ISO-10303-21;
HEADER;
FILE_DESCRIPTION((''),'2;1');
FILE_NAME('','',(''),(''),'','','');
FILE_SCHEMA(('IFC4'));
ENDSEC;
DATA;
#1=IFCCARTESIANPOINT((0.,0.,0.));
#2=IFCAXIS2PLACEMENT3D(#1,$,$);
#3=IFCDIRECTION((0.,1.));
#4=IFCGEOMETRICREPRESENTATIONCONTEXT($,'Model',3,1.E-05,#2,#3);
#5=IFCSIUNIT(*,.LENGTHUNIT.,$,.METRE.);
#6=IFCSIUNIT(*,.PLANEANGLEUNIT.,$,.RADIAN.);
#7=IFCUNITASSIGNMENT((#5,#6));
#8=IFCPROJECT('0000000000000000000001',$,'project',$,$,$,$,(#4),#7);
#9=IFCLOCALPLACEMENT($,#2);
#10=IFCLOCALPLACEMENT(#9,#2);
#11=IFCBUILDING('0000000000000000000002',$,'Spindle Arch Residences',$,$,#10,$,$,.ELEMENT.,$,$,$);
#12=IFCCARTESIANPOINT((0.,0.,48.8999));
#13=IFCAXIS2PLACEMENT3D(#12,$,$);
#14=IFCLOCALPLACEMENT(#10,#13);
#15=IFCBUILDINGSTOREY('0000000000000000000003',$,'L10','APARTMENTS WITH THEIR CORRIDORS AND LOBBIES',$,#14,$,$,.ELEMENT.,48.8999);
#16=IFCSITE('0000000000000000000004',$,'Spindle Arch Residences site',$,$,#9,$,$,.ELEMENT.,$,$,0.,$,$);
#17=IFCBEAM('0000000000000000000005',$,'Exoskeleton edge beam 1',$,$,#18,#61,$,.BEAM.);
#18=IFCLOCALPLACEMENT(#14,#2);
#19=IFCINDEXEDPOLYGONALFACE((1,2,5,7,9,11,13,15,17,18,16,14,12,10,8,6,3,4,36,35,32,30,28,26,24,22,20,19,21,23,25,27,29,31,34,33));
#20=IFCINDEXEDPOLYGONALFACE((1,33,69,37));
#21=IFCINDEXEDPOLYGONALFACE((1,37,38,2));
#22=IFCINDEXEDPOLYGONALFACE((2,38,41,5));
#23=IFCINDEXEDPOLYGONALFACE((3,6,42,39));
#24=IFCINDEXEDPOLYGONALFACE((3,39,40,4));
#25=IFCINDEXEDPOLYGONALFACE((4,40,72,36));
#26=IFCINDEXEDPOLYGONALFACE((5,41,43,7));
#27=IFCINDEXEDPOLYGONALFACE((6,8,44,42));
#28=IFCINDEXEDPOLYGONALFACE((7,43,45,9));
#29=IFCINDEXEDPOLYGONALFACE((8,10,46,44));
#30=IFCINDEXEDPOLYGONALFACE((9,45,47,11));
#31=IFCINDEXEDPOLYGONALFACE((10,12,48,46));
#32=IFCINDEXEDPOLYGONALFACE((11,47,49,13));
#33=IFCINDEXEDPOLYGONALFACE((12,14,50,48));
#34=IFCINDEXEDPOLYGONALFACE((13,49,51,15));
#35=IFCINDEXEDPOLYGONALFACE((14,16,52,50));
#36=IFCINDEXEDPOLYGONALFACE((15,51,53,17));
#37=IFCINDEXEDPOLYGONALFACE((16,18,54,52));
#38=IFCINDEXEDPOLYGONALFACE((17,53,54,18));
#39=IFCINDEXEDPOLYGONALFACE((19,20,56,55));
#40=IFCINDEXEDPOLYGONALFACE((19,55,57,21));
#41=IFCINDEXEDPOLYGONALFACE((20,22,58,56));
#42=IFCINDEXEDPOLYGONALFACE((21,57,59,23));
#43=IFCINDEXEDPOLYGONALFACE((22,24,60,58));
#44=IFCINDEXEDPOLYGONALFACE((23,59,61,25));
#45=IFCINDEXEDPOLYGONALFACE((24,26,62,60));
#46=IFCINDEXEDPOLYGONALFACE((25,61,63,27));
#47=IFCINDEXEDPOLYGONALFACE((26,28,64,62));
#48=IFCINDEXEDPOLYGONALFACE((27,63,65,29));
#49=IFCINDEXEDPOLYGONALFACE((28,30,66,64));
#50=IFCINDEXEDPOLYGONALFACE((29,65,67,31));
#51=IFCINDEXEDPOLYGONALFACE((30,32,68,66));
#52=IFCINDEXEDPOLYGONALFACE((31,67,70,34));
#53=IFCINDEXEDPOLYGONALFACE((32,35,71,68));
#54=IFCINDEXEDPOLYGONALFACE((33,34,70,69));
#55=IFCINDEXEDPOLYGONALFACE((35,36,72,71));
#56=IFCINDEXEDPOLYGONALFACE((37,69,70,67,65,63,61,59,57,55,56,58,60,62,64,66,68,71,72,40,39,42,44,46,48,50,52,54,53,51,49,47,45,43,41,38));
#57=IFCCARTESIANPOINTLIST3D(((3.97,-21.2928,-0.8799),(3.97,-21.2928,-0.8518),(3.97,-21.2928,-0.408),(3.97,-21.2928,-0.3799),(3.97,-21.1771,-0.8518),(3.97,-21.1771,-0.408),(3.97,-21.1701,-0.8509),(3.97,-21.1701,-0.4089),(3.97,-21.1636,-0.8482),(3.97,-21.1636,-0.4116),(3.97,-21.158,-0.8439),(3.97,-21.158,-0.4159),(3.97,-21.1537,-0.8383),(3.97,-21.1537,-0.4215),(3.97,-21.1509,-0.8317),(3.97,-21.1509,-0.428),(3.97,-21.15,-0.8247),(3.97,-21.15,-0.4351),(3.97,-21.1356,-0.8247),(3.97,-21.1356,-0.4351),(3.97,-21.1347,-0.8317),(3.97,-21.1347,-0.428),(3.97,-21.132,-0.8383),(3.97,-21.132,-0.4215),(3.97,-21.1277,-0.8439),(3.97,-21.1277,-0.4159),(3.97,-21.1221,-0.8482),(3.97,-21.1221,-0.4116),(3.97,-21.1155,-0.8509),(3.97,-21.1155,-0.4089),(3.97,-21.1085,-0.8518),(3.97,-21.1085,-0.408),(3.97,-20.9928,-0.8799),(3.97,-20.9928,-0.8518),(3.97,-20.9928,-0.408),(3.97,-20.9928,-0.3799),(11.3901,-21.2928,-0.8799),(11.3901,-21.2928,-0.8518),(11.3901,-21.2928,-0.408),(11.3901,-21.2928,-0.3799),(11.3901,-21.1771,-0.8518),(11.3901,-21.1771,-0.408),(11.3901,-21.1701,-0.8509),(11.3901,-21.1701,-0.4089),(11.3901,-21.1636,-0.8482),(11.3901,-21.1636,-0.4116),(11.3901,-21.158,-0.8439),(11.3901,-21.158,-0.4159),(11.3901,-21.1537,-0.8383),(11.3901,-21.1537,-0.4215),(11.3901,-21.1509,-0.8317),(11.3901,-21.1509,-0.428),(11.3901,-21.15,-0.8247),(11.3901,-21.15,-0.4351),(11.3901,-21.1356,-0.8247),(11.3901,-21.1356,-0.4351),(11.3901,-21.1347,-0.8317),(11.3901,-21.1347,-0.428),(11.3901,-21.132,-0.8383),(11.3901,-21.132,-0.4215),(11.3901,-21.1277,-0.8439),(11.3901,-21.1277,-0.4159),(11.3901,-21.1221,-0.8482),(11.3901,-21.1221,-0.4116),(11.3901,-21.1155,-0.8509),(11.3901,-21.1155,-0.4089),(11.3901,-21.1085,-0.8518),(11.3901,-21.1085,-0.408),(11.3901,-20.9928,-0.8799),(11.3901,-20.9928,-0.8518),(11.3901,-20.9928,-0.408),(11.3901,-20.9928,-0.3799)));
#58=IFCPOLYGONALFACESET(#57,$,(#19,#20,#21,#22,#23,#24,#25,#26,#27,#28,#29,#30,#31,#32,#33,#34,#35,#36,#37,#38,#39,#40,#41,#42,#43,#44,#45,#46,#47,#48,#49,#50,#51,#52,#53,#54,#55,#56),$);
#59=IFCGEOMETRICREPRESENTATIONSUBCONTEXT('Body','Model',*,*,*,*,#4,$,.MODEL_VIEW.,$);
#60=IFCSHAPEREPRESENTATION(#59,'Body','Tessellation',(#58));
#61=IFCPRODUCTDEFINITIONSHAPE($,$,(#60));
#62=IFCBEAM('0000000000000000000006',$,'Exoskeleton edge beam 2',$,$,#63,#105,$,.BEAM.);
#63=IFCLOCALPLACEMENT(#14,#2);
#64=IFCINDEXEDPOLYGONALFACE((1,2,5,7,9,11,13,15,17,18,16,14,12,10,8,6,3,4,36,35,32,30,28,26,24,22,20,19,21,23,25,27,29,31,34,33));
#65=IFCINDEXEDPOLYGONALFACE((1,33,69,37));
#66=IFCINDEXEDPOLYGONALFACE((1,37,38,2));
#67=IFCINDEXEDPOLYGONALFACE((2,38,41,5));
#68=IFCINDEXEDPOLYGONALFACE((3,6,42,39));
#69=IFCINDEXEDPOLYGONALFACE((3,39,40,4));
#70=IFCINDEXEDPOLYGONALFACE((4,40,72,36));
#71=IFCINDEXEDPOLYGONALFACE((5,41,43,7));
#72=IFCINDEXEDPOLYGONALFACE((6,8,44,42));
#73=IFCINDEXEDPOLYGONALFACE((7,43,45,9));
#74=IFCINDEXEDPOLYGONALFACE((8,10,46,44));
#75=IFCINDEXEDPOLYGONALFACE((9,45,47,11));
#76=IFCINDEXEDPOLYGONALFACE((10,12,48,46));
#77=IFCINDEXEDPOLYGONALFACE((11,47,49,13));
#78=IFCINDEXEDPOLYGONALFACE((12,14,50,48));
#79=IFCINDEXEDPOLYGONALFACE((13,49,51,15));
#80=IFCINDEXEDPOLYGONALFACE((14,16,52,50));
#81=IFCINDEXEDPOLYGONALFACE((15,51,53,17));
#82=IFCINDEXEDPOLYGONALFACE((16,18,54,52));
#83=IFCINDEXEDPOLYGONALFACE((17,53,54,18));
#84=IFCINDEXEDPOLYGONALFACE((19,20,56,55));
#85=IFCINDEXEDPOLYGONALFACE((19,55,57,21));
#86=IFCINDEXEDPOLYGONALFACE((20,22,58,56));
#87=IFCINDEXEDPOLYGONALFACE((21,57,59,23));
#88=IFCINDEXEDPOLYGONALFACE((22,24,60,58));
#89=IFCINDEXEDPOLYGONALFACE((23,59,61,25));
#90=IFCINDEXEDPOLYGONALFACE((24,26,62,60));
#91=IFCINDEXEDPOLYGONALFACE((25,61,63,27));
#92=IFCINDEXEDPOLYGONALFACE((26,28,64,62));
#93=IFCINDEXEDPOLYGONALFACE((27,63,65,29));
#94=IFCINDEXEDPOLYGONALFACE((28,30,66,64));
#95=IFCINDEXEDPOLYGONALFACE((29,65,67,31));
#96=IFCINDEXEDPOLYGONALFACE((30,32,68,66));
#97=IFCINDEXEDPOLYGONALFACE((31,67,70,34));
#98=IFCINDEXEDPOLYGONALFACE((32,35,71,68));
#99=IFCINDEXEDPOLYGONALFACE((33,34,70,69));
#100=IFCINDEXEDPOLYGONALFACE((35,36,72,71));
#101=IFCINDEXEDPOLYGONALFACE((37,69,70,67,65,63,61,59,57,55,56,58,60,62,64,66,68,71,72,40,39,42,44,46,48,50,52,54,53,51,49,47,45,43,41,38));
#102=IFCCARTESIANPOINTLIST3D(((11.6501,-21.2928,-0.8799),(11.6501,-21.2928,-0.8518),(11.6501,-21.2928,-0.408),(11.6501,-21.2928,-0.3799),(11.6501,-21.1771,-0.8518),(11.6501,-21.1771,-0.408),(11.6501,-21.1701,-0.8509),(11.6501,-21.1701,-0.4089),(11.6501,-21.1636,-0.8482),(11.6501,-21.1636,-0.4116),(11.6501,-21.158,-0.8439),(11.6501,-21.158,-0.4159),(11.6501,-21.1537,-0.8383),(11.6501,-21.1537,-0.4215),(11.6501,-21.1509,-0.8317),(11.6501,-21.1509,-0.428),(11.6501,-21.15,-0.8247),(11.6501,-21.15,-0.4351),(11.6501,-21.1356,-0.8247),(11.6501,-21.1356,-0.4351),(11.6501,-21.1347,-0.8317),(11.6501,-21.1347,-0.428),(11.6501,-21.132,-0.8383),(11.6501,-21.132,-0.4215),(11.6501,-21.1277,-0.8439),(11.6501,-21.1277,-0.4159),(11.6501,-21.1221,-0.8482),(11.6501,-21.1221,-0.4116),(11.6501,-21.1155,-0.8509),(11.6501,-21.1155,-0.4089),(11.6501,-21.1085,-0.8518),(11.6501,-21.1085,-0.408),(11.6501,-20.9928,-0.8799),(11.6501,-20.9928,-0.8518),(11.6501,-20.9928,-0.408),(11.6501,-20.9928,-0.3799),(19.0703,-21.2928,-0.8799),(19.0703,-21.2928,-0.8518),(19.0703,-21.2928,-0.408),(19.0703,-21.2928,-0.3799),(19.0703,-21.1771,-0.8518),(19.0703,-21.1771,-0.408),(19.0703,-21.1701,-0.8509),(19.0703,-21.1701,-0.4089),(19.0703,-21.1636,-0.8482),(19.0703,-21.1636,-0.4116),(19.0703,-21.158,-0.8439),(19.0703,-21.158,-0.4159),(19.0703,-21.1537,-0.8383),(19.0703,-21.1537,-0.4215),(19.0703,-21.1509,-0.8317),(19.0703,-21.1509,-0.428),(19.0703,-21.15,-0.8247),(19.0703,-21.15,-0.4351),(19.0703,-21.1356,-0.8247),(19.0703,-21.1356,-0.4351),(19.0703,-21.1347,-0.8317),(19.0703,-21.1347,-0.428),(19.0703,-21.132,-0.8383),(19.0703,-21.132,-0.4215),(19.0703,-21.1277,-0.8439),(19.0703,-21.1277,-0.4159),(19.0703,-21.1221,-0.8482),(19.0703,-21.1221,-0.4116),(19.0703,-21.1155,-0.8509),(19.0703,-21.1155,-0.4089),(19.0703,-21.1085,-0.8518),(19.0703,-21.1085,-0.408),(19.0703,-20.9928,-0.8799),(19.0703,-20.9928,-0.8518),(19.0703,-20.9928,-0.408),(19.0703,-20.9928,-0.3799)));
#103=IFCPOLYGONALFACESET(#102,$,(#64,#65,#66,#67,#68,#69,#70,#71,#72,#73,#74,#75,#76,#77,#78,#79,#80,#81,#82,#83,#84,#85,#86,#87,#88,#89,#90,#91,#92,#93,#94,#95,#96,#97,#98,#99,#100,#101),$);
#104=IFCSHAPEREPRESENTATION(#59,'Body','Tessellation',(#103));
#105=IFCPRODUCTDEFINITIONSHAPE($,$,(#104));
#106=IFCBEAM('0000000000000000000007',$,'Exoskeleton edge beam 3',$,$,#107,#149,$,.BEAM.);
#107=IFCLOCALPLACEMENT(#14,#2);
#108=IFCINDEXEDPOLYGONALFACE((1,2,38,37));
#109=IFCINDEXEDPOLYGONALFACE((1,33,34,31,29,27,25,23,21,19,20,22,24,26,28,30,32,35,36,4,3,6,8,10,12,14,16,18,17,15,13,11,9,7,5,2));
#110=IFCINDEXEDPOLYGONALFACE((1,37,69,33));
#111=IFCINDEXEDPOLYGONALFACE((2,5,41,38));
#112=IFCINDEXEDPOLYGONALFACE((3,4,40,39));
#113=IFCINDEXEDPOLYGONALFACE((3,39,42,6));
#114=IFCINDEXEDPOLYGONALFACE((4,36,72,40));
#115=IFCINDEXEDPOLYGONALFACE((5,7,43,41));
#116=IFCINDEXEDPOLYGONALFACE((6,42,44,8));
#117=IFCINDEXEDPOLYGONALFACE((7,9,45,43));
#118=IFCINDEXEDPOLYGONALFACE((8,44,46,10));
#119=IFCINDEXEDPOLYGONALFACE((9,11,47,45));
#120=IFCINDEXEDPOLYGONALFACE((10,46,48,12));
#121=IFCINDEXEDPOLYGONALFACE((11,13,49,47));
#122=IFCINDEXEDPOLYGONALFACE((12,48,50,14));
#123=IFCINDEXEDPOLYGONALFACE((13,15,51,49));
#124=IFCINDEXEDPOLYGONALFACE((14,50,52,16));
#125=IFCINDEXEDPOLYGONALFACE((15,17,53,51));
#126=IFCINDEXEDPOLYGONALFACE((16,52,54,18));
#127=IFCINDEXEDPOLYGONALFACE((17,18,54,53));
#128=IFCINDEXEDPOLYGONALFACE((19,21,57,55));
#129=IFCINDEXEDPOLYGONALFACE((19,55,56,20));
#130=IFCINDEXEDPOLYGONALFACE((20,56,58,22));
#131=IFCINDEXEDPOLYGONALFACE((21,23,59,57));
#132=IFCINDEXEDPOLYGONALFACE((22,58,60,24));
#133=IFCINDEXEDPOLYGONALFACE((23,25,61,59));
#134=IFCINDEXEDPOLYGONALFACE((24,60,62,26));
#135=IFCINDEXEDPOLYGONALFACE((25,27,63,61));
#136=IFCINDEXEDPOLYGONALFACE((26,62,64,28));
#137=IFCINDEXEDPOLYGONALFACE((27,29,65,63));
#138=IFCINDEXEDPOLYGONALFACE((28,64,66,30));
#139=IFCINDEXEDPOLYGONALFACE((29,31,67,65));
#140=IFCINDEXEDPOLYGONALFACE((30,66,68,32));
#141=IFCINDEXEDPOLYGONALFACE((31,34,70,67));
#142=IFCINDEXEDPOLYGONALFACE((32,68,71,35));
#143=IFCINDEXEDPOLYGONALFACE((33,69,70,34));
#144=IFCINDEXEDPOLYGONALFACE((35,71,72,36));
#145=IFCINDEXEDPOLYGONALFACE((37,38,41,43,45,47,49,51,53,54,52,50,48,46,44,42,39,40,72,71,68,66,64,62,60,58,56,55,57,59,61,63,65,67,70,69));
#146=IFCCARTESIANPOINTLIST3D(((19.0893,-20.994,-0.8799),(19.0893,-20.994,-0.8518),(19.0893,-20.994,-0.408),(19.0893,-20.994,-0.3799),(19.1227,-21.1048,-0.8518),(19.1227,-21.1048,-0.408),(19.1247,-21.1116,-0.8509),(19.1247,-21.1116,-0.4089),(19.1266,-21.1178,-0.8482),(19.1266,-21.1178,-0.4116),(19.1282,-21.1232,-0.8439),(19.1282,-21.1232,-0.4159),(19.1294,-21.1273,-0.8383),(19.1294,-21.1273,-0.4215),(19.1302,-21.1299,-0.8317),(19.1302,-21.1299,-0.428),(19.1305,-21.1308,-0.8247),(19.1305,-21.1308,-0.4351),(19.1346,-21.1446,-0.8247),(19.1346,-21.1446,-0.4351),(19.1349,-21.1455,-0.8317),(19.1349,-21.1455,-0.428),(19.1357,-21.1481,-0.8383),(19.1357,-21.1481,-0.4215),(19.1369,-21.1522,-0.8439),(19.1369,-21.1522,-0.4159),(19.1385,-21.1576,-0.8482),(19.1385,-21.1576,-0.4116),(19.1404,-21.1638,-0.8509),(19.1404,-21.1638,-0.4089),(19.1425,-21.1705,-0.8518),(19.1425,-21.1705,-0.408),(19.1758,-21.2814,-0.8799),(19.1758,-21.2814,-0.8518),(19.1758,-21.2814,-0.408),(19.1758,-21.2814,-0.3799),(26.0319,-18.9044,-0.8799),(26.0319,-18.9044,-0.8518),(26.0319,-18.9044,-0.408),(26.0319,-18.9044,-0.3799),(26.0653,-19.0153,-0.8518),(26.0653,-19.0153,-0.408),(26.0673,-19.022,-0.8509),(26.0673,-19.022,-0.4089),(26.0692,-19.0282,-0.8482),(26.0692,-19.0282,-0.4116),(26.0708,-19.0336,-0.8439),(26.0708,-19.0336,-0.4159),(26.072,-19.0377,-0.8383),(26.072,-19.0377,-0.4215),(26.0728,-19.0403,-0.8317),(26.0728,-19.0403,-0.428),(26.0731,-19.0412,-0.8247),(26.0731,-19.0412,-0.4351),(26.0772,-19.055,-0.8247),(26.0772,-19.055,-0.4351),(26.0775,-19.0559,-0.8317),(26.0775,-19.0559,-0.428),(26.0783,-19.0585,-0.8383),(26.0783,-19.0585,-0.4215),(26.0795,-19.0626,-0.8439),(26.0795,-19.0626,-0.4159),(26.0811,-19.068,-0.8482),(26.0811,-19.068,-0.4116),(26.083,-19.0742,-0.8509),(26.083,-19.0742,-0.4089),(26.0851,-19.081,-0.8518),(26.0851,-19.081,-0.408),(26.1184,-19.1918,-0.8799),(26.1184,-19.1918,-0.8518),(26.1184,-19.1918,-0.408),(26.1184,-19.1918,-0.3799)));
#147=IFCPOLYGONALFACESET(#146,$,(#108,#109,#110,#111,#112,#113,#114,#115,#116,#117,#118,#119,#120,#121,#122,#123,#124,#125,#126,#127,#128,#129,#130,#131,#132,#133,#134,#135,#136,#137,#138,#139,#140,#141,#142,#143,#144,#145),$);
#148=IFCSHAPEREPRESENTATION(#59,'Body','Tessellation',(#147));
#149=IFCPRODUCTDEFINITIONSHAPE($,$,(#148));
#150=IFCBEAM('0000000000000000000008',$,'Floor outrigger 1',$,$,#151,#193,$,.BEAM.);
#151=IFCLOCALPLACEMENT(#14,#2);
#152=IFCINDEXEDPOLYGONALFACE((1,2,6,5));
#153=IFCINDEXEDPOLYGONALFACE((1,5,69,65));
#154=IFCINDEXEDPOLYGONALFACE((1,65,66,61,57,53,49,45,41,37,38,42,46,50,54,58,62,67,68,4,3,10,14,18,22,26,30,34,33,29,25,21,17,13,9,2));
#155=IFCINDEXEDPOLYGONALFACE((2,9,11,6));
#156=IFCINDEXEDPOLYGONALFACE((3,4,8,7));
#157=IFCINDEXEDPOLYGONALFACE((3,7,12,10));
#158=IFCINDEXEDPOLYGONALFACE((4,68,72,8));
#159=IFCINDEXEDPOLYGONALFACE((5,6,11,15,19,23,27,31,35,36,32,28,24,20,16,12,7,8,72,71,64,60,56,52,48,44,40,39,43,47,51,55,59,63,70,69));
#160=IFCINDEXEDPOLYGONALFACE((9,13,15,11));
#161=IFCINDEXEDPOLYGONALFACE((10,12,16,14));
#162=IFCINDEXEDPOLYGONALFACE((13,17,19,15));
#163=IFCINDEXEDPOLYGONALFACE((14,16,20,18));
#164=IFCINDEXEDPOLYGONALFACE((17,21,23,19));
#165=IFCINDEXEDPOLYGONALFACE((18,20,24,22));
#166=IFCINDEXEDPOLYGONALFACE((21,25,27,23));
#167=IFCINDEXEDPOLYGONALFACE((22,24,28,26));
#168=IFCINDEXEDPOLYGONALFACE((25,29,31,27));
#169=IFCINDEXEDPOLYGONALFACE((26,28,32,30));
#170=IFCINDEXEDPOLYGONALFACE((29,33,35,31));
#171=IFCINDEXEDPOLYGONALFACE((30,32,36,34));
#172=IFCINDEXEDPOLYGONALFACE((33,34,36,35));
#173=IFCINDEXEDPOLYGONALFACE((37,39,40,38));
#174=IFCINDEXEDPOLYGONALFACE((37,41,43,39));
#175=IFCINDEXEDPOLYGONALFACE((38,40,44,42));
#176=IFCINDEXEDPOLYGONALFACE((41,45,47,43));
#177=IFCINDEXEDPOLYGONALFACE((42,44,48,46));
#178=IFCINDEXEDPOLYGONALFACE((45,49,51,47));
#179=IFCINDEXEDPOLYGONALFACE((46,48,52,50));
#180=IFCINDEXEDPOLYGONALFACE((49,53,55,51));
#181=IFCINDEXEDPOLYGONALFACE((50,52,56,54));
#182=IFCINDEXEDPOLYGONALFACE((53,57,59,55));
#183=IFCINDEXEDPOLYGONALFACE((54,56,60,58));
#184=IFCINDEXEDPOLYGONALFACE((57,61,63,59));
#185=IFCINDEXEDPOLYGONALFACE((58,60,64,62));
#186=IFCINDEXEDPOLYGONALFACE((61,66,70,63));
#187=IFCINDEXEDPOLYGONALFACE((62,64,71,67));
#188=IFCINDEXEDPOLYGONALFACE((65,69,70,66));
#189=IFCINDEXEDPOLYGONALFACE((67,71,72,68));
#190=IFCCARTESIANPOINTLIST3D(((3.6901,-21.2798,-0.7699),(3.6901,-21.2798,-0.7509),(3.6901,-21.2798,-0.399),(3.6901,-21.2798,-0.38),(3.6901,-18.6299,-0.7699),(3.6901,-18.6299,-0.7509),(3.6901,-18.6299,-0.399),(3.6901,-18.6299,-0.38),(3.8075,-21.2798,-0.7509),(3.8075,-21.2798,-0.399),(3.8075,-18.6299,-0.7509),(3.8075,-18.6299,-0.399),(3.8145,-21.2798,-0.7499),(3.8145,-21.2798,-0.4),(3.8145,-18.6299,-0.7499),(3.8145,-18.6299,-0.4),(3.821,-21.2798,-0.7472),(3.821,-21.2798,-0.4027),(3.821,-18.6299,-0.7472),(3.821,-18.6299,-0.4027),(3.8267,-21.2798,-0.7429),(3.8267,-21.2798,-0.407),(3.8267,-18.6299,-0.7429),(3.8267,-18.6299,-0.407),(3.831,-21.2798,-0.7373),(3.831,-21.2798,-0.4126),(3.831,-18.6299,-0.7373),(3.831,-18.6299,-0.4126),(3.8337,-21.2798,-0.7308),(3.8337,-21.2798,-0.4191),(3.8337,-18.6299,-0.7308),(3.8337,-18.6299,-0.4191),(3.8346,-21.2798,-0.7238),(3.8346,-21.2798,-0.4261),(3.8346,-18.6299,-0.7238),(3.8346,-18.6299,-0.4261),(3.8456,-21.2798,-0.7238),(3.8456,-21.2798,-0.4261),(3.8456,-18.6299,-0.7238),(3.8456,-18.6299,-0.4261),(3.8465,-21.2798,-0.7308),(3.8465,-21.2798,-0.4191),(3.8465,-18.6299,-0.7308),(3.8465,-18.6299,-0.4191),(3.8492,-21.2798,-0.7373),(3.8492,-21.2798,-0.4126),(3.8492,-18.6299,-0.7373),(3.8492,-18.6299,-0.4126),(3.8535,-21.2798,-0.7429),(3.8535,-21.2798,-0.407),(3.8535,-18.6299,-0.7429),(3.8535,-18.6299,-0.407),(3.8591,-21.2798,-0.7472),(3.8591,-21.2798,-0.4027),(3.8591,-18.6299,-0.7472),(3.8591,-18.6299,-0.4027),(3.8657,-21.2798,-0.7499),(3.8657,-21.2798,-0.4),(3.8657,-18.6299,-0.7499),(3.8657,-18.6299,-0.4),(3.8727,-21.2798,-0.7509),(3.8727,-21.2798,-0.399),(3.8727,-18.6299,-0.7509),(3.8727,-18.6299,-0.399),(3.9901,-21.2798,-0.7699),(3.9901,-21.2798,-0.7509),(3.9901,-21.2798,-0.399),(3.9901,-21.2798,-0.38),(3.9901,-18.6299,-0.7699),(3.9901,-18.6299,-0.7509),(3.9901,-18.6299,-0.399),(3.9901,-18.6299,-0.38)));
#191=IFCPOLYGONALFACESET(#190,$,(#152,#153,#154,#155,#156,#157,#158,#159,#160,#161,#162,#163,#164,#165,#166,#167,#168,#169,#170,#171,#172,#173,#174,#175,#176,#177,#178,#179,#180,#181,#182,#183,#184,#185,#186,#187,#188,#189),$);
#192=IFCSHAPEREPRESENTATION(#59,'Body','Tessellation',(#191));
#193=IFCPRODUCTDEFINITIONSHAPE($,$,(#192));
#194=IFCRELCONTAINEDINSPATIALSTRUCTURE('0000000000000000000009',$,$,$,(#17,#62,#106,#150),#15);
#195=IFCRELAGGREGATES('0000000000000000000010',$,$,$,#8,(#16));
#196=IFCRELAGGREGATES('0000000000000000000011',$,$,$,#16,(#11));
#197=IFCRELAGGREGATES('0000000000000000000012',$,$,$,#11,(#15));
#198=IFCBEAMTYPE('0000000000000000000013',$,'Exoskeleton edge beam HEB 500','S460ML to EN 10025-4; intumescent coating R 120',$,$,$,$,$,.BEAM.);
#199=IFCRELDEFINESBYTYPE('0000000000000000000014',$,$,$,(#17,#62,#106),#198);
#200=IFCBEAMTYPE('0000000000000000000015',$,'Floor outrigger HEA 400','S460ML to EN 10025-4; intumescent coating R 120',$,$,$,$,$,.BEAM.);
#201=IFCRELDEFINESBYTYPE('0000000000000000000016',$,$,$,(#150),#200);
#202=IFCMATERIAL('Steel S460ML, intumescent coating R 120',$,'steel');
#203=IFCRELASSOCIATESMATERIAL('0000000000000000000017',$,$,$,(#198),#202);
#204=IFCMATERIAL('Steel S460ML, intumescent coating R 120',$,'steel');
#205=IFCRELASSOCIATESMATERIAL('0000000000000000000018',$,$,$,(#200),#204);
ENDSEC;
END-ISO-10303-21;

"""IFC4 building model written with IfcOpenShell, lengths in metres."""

from ifc_helpers import new_model, si_unit, direction, frame, origin, origin_2d, place, context, subcontext, project, spatial, i_section, extrude, material, material_profile, profile_set, type_object, element, save


model = new_model("IFC4")

# Units and contexts
model_context = context("Model", 3, precision=1e-05, world=origin(), true_north=direction((0.0, 1.0)))
body_context = subcontext(model_context, "Body", "Model", "MODEL_VIEW")
ifc_project = project(units=[si_unit("LENGTHUNIT", "METRE"), si_unit("PLANEANGLEUNIT", "RADIAN")], contexts=[model_context])

# Site, building, storey
site_placement = place(None, origin())
site = spatial("IfcSite", under=ifc_project, at=site_placement, Name="Spindle Arch Residences site", CompositionType="ELEMENT", RefElevation=0.0)
building_placement = place(site_placement, origin())
building = spatial("IfcBuilding", under=site, at=building_placement, Name="Spindle Arch Residences", CompositionType="ELEMENT")
storey_placement = place(building_placement, frame((0.0, 0.0, 48.8999)))
storey = spatial("IfcBuildingStorey", under=building, at=storey_placement, Name="L10", Description="APARTMENTS WITH THEIR CORRIDORS AND LOBBIES", CompositionType="ELEMENT", Elevation=48.8999)

# Beams
ifc_material_1 = material(Name="Steel S460ML, intumescent coating R 120", Category="steel")
ifc_material_profile_1 = material_profile(ifc_material_1, i_section(OverallWidth=0.3, OverallDepth=0.5, WebThickness=0.0144, FlangeThickness=0.0281, FilletRadius=0.0271, at=origin_2d()), Name="HEB 500")
ifc_profile_set_1 = profile_set([ifc_material_profile_1], Name="Steel S460ML, intumescent coating R 120")
beam_type_1 = type_object("IfcBeamType", Name="Exoskeleton edge beam HEB 500", Description="S460ML to EN 10025-4; intumescent coating R 120", PredefinedType="BEAM", material=ifc_profile_set_1)
for number, where, z_axis, x_axis, name in (
    (1, (3.97, -21.1428, -0.6299), (1.0, 0.0, 0.0), (0.0, 1.0, 0.0), "Exoskeleton edge beam 1"),
    (2, (11.6501, -21.1428, -0.6299), (1.0, 0.0, 0.0), (0.0, 1.0, 0.0), "Exoskeleton edge beam 2"),
):
    element("IfcBeam", number, at=place(storey_placement, frame(where, z_axis=z_axis, x_axis=x_axis)), inside=storey, type_object=beam_type_1, Name=name, PredefinedType="BEAM", context=body_context, shape_type="SweptSolid", body=[
        extrude(i_section(OverallWidth=0.3, OverallDepth=0.5, WebThickness=0.0144, FlangeThickness=0.0281, FilletRadius=0.0271, at=origin_2d()), origin(), (0.0, 0.0, 1.0), 7.4202),
    ])
beam_placement = place(storey_placement, frame((19.1326, -21.1377, -0.6299), z_axis=(0.957567, 0.28821, 0.0), x_axis=(-0.28821, 0.957567, 0.0)))
element("IfcBeam", 3, at=beam_placement, inside=storey, type_object=beam_type_1, Name="Exoskeleton edge beam 3", PredefinedType="BEAM", context=body_context, shape_type="SweptSolid", body=[
    extrude(i_section(OverallWidth=0.3, OverallDepth=0.5, WebThickness=0.0144, FlangeThickness=0.0281, FilletRadius=0.0271, at=origin_2d()), origin(), (0.0, 0.0, 1.0), 7.2502),
])
ifc_material_2 = material(Name="Steel S460ML, intumescent coating R 120", Category="steel")
ifc_material_profile_2 = material_profile(ifc_material_2, i_section(OverallWidth=0.3, OverallDepth=0.3899, WebThickness=0.011, FlangeThickness=0.019, FilletRadius=0.0271, at=origin_2d()), Name="HEA 400")
ifc_profile_set_2 = profile_set([ifc_material_profile_2], Name="Steel S460ML, intumescent coating R 120")
beam_type_2 = type_object("IfcBeamType", Name="Floor outrigger HEA 400", Description="S460ML to EN 10025-4; intumescent coating R 120", PredefinedType="BEAM", material=ifc_profile_set_2)
for number, where, z_axis, x_axis, name in (
    (4, (3.8401, -21.2798, -0.575), (0.0, 1.0, 0.0), (-1.0, 0.0, 0.0), "Floor outrigger 1"),
):
    element("IfcBeam", number, at=place(storey_placement, frame(where, z_axis=z_axis, x_axis=x_axis)), inside=storey, type_object=beam_type_2, Name=name, PredefinedType="BEAM", context=body_context, shape_type="SweptSolid", body=[
        extrude(i_section(OverallWidth=0.3, OverallDepth=0.3899, WebThickness=0.011, FlangeThickness=0.019, FilletRadius=0.0271, at=origin_2d()), origin(), (0.0, 0.0, 1.0), 2.6499),
    ])

save(model, "model.ifc")
